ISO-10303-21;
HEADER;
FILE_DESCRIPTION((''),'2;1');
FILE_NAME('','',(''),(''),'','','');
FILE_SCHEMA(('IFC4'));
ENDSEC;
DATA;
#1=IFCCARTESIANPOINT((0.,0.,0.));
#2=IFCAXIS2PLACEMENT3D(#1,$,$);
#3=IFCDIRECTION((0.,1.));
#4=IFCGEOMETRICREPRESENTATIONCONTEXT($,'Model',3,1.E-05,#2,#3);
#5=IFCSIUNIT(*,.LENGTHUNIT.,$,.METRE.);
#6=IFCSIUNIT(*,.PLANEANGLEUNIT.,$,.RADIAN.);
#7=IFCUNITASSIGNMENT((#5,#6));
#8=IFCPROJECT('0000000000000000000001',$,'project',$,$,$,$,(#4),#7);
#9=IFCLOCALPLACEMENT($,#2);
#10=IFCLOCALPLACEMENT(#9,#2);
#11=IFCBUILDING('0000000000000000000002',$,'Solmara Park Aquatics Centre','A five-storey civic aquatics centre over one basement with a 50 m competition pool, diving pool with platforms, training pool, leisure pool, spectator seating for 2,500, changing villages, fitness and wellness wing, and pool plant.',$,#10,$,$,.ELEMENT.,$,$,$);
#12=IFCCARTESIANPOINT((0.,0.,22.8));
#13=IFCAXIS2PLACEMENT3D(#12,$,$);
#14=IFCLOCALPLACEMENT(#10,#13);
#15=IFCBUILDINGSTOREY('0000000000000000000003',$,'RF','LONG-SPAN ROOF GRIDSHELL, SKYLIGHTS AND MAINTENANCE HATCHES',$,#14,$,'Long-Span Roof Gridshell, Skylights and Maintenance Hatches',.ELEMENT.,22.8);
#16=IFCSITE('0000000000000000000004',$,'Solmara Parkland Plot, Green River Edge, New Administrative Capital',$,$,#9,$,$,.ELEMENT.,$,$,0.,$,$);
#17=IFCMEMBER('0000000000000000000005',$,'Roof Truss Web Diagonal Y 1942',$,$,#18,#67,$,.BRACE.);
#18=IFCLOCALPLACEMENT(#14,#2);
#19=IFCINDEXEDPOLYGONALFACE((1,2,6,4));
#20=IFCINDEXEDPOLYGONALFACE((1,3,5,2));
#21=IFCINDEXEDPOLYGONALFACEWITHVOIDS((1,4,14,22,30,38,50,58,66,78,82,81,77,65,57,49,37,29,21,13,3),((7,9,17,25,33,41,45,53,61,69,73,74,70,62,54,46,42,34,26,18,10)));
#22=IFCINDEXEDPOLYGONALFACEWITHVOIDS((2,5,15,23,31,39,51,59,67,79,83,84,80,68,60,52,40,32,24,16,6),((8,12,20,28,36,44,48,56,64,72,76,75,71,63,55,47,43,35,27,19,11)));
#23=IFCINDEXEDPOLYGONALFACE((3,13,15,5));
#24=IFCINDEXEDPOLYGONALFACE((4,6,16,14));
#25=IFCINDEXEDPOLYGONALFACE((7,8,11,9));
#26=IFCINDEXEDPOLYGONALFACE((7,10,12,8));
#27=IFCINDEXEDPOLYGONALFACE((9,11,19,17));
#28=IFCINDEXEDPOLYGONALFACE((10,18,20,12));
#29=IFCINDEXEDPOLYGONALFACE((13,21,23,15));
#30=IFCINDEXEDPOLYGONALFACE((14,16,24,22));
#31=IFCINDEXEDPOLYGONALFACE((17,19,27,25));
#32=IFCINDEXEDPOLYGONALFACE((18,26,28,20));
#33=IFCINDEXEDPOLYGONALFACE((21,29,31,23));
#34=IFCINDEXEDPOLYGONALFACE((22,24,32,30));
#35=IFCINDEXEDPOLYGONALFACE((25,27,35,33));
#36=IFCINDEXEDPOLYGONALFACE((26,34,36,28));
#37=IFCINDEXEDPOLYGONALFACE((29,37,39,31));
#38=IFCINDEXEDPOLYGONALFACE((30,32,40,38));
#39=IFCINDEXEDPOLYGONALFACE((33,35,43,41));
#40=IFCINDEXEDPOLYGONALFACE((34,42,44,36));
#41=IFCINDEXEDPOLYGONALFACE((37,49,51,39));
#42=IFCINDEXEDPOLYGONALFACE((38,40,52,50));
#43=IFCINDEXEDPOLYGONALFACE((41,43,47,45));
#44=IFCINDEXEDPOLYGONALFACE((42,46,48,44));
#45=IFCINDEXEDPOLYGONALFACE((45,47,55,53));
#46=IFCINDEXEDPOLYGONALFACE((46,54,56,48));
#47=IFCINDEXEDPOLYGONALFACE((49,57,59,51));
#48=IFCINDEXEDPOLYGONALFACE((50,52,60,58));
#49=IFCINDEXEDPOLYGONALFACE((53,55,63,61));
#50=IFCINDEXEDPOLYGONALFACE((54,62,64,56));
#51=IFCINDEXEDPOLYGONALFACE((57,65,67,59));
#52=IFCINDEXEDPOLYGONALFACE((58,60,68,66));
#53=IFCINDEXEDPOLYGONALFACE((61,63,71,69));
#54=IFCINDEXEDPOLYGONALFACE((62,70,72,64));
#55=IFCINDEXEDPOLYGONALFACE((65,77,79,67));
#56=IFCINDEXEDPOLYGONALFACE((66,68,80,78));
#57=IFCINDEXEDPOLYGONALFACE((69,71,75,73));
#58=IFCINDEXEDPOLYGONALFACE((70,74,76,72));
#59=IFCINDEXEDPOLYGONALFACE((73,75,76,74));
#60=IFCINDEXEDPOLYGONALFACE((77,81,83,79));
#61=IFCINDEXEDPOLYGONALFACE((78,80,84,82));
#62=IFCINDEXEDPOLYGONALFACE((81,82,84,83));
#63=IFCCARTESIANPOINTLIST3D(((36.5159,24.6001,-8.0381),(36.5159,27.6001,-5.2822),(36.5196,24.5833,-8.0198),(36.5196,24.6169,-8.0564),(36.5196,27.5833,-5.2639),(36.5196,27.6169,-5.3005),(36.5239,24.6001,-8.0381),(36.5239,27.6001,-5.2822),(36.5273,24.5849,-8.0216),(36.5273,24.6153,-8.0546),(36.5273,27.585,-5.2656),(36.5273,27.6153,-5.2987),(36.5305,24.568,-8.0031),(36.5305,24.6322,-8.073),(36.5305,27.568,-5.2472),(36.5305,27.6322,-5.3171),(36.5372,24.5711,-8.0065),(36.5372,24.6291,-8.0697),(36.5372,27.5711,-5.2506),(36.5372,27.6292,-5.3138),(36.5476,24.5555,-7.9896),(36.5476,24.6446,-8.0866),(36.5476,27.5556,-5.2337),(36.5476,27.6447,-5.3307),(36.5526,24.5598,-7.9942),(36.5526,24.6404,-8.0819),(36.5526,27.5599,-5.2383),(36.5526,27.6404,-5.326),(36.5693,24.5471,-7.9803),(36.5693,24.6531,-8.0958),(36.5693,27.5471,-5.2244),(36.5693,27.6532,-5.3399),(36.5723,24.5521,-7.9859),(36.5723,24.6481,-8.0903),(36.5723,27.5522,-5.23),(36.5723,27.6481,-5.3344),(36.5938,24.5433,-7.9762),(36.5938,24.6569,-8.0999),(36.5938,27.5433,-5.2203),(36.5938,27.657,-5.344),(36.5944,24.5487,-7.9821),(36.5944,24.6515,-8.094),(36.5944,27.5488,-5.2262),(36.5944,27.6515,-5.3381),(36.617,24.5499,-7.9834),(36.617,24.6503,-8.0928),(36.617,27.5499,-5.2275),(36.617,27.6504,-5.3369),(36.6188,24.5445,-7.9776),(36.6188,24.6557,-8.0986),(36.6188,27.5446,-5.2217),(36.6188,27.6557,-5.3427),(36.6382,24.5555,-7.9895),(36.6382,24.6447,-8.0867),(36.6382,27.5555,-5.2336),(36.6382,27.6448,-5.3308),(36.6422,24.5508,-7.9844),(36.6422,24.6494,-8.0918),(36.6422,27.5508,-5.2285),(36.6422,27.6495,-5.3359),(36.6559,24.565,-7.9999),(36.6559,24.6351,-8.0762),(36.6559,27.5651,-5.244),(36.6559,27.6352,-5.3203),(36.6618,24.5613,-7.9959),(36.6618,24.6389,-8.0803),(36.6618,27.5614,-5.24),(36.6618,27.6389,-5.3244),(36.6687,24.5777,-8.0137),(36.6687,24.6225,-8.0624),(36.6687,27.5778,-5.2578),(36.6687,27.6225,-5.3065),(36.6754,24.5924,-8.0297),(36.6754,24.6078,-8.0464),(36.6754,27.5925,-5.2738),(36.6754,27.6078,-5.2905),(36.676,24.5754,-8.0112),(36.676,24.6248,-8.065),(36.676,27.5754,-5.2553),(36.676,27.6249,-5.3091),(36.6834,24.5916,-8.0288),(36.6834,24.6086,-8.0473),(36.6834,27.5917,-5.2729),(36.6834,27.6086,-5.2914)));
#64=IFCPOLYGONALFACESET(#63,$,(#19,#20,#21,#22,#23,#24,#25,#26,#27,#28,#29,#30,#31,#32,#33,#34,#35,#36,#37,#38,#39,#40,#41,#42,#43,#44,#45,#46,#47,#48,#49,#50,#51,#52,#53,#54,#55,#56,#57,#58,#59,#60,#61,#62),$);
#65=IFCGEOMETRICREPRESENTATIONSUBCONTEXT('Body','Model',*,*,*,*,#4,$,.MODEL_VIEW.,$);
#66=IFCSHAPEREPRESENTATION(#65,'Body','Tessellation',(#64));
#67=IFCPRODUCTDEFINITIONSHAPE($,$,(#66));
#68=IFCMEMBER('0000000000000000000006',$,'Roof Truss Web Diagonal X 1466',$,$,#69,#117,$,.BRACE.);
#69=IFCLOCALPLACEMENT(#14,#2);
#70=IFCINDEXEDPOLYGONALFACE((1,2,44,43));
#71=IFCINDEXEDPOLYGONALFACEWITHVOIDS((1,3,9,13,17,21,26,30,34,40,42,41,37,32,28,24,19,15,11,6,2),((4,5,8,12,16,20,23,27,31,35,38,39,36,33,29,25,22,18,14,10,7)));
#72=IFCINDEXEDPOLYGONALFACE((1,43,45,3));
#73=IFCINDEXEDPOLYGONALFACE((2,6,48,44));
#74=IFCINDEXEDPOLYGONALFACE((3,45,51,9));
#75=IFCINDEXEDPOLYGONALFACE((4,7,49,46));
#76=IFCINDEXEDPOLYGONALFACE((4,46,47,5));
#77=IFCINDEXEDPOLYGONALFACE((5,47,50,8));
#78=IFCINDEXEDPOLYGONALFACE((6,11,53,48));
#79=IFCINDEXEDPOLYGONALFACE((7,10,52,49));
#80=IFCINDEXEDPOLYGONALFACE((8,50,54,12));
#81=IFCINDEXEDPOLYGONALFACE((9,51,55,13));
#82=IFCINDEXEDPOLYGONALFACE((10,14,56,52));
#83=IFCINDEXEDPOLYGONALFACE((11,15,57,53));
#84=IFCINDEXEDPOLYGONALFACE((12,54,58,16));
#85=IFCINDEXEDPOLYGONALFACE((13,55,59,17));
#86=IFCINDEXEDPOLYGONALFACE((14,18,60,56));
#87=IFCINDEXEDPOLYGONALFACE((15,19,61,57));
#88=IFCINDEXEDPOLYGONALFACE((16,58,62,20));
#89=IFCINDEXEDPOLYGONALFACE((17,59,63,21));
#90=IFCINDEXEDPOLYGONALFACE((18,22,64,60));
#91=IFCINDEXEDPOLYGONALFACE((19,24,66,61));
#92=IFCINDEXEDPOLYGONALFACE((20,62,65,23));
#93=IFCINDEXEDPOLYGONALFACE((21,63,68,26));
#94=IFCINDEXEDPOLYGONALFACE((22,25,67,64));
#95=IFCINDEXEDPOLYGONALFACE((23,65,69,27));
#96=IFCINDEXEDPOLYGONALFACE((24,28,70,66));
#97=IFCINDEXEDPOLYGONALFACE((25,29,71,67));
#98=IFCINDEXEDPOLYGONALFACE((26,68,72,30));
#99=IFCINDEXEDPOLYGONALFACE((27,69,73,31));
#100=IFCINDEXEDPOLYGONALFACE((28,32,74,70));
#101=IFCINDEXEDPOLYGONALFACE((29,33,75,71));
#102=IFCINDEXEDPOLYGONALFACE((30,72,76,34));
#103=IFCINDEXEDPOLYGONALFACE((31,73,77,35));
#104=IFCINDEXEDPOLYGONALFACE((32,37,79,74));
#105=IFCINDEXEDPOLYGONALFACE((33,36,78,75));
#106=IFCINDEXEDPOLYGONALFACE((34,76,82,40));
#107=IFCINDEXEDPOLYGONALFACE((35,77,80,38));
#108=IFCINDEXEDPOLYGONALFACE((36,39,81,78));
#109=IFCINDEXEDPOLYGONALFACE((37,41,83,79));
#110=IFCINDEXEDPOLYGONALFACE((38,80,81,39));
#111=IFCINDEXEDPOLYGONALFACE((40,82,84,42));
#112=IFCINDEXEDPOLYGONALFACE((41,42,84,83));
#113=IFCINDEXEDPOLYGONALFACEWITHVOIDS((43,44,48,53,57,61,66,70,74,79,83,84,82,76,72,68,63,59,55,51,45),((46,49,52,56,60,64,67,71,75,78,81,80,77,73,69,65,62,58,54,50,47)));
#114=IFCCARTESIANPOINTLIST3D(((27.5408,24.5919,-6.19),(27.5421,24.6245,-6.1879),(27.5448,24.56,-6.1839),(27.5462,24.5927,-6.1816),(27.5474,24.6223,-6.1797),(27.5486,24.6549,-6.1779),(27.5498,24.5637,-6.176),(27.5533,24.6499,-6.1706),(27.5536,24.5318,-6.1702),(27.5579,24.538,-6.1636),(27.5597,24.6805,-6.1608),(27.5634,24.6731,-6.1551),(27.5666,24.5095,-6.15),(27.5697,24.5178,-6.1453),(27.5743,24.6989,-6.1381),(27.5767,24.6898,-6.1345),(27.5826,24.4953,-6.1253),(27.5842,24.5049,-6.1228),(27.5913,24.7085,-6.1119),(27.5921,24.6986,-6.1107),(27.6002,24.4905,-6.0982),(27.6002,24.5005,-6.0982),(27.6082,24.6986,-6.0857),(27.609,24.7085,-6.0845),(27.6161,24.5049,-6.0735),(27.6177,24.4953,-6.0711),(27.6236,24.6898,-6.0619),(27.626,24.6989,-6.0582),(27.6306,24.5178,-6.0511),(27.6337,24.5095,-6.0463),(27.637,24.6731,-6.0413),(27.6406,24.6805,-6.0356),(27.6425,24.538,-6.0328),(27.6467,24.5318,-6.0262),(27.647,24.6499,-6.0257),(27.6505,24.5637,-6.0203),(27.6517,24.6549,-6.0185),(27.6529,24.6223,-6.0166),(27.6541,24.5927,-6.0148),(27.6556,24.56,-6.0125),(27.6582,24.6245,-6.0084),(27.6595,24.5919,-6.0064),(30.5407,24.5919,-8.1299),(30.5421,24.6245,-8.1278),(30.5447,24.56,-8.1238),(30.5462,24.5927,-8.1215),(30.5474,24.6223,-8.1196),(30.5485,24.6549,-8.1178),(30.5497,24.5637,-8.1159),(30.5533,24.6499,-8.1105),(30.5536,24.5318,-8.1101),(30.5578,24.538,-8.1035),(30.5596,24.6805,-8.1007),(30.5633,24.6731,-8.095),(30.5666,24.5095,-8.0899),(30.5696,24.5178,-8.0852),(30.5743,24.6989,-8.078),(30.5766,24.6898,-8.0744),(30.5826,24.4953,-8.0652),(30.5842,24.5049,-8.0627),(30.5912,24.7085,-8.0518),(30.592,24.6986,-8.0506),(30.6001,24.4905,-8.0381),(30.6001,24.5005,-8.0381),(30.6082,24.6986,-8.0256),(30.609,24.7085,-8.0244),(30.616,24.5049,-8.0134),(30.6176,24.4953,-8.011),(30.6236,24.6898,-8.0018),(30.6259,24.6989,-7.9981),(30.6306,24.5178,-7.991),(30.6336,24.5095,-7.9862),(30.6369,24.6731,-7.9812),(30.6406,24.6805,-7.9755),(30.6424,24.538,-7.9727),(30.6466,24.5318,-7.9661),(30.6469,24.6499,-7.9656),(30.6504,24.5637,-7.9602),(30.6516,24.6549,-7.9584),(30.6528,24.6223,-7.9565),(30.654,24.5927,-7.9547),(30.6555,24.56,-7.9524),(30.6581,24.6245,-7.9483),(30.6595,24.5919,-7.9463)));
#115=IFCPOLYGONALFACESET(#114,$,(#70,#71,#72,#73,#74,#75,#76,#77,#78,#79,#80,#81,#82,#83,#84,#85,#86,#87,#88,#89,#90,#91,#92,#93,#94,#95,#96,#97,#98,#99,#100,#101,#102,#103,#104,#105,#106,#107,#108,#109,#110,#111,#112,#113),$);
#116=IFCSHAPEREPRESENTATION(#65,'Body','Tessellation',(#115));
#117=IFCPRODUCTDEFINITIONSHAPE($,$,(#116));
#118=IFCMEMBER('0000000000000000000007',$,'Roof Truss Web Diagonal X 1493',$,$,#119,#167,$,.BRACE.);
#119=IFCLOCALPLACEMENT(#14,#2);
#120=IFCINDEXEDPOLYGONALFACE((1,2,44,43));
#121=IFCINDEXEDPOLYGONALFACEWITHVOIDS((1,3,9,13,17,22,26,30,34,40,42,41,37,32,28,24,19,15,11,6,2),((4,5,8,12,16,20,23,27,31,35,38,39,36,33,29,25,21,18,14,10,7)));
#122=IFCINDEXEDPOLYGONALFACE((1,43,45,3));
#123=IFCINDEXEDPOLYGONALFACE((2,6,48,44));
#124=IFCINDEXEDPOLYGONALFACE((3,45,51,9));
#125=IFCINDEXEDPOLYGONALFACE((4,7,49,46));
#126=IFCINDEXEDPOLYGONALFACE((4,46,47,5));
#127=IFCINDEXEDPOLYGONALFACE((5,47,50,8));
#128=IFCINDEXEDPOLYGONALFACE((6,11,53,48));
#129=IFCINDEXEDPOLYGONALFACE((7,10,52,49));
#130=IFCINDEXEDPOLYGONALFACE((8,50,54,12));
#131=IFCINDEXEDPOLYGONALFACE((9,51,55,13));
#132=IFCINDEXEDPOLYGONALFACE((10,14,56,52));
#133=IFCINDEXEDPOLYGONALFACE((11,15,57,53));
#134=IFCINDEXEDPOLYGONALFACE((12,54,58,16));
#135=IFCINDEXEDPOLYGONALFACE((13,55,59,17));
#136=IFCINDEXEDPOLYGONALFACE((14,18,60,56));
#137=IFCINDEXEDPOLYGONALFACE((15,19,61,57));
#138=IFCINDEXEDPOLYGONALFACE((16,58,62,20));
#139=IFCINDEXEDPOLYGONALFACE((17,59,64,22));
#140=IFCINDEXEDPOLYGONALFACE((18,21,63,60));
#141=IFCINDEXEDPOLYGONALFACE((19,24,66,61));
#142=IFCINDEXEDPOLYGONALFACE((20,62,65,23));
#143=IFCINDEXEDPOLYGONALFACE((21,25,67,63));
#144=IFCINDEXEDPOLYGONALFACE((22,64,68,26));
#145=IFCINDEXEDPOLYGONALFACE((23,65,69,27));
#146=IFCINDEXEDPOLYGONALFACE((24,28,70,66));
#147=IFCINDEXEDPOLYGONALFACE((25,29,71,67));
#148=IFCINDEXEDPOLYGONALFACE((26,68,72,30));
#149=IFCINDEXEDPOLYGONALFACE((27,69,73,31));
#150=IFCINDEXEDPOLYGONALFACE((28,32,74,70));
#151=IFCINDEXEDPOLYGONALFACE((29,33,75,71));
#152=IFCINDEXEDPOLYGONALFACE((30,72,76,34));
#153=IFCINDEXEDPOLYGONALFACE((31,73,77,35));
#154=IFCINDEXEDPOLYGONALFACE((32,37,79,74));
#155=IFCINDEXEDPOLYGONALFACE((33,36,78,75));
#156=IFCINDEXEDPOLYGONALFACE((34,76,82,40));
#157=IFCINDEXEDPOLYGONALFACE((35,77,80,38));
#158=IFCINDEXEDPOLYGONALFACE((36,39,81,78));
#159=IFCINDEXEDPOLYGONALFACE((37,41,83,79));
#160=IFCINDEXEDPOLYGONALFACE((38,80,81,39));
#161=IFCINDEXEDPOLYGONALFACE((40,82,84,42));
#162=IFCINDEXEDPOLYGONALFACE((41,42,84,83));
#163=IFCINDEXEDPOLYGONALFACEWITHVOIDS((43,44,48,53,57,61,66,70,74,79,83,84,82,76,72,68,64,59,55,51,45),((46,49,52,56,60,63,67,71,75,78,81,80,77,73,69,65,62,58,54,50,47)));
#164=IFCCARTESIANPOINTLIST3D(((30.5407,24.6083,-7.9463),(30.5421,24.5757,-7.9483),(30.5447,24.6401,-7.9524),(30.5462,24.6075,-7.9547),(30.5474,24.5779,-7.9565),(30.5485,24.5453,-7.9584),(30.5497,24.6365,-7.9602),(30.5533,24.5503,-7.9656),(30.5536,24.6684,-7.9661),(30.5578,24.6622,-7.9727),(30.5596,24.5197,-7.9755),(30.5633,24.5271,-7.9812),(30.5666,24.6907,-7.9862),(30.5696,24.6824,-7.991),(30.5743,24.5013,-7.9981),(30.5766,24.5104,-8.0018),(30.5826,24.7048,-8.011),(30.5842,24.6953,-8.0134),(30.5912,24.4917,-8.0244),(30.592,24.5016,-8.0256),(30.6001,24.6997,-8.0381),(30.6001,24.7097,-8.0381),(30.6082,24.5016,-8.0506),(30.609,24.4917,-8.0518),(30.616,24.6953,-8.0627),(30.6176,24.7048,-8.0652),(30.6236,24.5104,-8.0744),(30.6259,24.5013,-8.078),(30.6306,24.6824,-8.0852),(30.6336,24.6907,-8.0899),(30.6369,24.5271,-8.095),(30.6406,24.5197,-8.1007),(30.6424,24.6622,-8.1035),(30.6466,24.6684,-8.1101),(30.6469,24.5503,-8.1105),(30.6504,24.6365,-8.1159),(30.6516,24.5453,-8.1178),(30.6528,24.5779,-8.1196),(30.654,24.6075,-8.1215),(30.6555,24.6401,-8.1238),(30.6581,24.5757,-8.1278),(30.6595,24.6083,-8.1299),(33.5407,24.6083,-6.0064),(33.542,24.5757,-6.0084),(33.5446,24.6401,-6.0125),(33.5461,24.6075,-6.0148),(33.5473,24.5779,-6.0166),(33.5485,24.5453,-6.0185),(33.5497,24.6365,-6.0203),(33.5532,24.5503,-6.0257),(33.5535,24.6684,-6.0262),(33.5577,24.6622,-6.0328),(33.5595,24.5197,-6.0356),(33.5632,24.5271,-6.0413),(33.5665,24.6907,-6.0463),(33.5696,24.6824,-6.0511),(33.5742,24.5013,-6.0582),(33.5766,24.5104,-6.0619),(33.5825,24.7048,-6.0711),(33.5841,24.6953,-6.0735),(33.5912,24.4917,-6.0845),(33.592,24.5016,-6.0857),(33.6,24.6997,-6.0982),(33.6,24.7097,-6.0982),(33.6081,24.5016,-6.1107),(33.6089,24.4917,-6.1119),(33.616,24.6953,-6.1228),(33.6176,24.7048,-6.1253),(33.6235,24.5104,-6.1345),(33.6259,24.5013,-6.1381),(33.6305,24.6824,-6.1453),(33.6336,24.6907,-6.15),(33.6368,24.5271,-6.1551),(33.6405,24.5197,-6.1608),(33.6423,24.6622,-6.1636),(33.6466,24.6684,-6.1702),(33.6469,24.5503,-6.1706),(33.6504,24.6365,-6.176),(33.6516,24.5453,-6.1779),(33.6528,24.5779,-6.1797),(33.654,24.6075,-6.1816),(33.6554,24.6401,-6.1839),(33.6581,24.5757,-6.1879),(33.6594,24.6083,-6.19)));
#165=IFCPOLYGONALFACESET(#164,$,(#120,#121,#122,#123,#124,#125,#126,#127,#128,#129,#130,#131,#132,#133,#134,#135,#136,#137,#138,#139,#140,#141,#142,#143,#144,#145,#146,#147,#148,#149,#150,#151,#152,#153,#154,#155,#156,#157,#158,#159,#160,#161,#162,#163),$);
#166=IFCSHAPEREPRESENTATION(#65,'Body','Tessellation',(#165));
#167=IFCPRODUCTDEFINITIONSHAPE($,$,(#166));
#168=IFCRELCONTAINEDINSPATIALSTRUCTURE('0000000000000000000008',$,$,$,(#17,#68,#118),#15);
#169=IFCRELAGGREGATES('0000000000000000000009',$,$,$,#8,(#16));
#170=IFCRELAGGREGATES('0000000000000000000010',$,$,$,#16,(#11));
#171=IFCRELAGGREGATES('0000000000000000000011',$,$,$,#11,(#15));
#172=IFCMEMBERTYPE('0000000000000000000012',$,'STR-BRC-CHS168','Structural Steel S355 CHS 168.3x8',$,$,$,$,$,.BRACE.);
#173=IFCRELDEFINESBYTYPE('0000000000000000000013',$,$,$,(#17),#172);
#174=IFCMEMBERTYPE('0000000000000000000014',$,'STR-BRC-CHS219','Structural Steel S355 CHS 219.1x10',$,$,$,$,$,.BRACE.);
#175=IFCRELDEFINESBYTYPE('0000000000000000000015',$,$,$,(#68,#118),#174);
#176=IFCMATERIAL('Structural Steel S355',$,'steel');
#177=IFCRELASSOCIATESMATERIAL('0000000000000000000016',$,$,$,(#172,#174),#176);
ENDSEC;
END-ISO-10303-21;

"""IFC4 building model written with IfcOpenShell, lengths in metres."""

from ifc_helpers import new_model, si_unit, direction, frame, origin, origin_2d, place, context, subcontext, project, spatial, hollow_circle, extrude, material, material_profile, profile_set, type_object, element, save


model = new_model("IFC4")

# Units and contexts
model_context = context("Model", 3, precision=1e-05, world=origin(), true_north=direction((0.0, 1.0)))
body_context = subcontext(model_context, "Body", "Model", "MODEL_VIEW")
ifc_project = project(units=[si_unit("LENGTHUNIT", "METRE"), si_unit("PLANEANGLEUNIT", "RADIAN")], contexts=[model_context])

# Site, building, storey
site_placement = place(None, origin())
site = spatial("IfcSite", under=ifc_project, at=site_placement, Name="Solmara Parkland Plot, Green River Edge, New Administrative Capital", CompositionType="ELEMENT", RefElevation=0.0)
building_placement = place(site_placement, origin())
building = spatial("IfcBuilding", under=site, at=building_placement, Name="Solmara Park Aquatics Centre", Description="A five-storey civic aquatics centre over one basement with a 50 m competition pool, diving pool with platforms, training pool, leisure pool, spectator seating for 2,500, changing villages, fitness and wellness wing, and pool plant.", CompositionType="ELEMENT")
storey_placement = place(building_placement, frame((0.0, 0.0, 22.8)))
storey = spatial("IfcBuildingStorey", under=building, at=storey_placement, Name="RF", Description="LONG-SPAN ROOF GRIDSHELL, SKYLIGHTS AND MAINTENANCE HATCHES", LongName="Long-Span Roof Gridshell, Skylights and Maintenance Hatches", CompositionType="ELEMENT", Elevation=22.8)

# Members
ifc_material_1 = material(Name="Structural Steel S355", Category="steel")
ifc_material_profile_1 = material_profile(ifc_material_1, hollow_circle(Radius=0.0842, WallThickness=0.0081, at=origin_2d()), Name="CHS 168.3x8")
ifc_profile_set_1 = profile_set([ifc_material_profile_1], Name="Structural Steel S355")
member_type_1 = type_object("IfcMemberType", Name="STR-BRC-CHS168", Description="Structural Steel S355 CHS 168.3x8", PredefinedType="BRACE", material=ifc_profile_set_1)
member_1_placement = place(storey_placement, frame((36.6001, 24.6001, -8.0381), z_axis=(0.0, 0.736437, 0.676506), x_axis=(-1.0, 0.0, 0.0)))
element("IfcMember", 1, at=member_1_placement, inside=storey, type_object=member_type_1, Name="Roof Truss Web Diagonal Y 1942", PredefinedType="BRACE", context=body_context, shape_type="SweptSolid", body=[
    extrude(hollow_circle(Radius=0.0842, WallThickness=0.0081, at=origin_2d()), origin(), (0.0, 0.0, 1.0), 4.0737),
])
ifc_material_profile_2 = material_profile(ifc_material_1, hollow_circle(Radius=0.1096, WallThickness=0.01, at=origin_2d()), Name="CHS 219.1x10")
ifc_profile_set_2 = profile_set([ifc_material_profile_2], Name="Structural Steel S355")
member_type_2 = type_object("IfcMemberType", Name="STR-BRC-CHS219", Description="Structural Steel S355 CHS 219.1x10", PredefinedType="BRACE", material=ifc_profile_set_2)
for number, where, z_axis, x_axis, name in (
    (2, (30.6001, 24.6001, -8.0381), (-0.839728, 0.0, 0.543008), (0.0, -1.0, 0.0), "Roof Truss Web Diagonal X 1466"),
    (3, (30.6001, 24.6001, -8.0381), (0.839728, 0.0, 0.543008), (0.0, 1.0, 0.0), "Roof Truss Web Diagonal X 1493"),
):
    element("IfcMember", number, at=place(storey_placement, frame(where, z_axis=z_axis, x_axis=x_axis)), inside=storey, type_object=member_type_2, Name=name, PredefinedType="BRACE", context=body_context, shape_type="SweptSolid", body=[
        extrude(hollow_circle(Radius=0.1096, WallThickness=0.01, at=origin_2d()), origin(), (0.0, 0.0, 1.0), 3.5725),
    ])

save(model, "model.ifc")
